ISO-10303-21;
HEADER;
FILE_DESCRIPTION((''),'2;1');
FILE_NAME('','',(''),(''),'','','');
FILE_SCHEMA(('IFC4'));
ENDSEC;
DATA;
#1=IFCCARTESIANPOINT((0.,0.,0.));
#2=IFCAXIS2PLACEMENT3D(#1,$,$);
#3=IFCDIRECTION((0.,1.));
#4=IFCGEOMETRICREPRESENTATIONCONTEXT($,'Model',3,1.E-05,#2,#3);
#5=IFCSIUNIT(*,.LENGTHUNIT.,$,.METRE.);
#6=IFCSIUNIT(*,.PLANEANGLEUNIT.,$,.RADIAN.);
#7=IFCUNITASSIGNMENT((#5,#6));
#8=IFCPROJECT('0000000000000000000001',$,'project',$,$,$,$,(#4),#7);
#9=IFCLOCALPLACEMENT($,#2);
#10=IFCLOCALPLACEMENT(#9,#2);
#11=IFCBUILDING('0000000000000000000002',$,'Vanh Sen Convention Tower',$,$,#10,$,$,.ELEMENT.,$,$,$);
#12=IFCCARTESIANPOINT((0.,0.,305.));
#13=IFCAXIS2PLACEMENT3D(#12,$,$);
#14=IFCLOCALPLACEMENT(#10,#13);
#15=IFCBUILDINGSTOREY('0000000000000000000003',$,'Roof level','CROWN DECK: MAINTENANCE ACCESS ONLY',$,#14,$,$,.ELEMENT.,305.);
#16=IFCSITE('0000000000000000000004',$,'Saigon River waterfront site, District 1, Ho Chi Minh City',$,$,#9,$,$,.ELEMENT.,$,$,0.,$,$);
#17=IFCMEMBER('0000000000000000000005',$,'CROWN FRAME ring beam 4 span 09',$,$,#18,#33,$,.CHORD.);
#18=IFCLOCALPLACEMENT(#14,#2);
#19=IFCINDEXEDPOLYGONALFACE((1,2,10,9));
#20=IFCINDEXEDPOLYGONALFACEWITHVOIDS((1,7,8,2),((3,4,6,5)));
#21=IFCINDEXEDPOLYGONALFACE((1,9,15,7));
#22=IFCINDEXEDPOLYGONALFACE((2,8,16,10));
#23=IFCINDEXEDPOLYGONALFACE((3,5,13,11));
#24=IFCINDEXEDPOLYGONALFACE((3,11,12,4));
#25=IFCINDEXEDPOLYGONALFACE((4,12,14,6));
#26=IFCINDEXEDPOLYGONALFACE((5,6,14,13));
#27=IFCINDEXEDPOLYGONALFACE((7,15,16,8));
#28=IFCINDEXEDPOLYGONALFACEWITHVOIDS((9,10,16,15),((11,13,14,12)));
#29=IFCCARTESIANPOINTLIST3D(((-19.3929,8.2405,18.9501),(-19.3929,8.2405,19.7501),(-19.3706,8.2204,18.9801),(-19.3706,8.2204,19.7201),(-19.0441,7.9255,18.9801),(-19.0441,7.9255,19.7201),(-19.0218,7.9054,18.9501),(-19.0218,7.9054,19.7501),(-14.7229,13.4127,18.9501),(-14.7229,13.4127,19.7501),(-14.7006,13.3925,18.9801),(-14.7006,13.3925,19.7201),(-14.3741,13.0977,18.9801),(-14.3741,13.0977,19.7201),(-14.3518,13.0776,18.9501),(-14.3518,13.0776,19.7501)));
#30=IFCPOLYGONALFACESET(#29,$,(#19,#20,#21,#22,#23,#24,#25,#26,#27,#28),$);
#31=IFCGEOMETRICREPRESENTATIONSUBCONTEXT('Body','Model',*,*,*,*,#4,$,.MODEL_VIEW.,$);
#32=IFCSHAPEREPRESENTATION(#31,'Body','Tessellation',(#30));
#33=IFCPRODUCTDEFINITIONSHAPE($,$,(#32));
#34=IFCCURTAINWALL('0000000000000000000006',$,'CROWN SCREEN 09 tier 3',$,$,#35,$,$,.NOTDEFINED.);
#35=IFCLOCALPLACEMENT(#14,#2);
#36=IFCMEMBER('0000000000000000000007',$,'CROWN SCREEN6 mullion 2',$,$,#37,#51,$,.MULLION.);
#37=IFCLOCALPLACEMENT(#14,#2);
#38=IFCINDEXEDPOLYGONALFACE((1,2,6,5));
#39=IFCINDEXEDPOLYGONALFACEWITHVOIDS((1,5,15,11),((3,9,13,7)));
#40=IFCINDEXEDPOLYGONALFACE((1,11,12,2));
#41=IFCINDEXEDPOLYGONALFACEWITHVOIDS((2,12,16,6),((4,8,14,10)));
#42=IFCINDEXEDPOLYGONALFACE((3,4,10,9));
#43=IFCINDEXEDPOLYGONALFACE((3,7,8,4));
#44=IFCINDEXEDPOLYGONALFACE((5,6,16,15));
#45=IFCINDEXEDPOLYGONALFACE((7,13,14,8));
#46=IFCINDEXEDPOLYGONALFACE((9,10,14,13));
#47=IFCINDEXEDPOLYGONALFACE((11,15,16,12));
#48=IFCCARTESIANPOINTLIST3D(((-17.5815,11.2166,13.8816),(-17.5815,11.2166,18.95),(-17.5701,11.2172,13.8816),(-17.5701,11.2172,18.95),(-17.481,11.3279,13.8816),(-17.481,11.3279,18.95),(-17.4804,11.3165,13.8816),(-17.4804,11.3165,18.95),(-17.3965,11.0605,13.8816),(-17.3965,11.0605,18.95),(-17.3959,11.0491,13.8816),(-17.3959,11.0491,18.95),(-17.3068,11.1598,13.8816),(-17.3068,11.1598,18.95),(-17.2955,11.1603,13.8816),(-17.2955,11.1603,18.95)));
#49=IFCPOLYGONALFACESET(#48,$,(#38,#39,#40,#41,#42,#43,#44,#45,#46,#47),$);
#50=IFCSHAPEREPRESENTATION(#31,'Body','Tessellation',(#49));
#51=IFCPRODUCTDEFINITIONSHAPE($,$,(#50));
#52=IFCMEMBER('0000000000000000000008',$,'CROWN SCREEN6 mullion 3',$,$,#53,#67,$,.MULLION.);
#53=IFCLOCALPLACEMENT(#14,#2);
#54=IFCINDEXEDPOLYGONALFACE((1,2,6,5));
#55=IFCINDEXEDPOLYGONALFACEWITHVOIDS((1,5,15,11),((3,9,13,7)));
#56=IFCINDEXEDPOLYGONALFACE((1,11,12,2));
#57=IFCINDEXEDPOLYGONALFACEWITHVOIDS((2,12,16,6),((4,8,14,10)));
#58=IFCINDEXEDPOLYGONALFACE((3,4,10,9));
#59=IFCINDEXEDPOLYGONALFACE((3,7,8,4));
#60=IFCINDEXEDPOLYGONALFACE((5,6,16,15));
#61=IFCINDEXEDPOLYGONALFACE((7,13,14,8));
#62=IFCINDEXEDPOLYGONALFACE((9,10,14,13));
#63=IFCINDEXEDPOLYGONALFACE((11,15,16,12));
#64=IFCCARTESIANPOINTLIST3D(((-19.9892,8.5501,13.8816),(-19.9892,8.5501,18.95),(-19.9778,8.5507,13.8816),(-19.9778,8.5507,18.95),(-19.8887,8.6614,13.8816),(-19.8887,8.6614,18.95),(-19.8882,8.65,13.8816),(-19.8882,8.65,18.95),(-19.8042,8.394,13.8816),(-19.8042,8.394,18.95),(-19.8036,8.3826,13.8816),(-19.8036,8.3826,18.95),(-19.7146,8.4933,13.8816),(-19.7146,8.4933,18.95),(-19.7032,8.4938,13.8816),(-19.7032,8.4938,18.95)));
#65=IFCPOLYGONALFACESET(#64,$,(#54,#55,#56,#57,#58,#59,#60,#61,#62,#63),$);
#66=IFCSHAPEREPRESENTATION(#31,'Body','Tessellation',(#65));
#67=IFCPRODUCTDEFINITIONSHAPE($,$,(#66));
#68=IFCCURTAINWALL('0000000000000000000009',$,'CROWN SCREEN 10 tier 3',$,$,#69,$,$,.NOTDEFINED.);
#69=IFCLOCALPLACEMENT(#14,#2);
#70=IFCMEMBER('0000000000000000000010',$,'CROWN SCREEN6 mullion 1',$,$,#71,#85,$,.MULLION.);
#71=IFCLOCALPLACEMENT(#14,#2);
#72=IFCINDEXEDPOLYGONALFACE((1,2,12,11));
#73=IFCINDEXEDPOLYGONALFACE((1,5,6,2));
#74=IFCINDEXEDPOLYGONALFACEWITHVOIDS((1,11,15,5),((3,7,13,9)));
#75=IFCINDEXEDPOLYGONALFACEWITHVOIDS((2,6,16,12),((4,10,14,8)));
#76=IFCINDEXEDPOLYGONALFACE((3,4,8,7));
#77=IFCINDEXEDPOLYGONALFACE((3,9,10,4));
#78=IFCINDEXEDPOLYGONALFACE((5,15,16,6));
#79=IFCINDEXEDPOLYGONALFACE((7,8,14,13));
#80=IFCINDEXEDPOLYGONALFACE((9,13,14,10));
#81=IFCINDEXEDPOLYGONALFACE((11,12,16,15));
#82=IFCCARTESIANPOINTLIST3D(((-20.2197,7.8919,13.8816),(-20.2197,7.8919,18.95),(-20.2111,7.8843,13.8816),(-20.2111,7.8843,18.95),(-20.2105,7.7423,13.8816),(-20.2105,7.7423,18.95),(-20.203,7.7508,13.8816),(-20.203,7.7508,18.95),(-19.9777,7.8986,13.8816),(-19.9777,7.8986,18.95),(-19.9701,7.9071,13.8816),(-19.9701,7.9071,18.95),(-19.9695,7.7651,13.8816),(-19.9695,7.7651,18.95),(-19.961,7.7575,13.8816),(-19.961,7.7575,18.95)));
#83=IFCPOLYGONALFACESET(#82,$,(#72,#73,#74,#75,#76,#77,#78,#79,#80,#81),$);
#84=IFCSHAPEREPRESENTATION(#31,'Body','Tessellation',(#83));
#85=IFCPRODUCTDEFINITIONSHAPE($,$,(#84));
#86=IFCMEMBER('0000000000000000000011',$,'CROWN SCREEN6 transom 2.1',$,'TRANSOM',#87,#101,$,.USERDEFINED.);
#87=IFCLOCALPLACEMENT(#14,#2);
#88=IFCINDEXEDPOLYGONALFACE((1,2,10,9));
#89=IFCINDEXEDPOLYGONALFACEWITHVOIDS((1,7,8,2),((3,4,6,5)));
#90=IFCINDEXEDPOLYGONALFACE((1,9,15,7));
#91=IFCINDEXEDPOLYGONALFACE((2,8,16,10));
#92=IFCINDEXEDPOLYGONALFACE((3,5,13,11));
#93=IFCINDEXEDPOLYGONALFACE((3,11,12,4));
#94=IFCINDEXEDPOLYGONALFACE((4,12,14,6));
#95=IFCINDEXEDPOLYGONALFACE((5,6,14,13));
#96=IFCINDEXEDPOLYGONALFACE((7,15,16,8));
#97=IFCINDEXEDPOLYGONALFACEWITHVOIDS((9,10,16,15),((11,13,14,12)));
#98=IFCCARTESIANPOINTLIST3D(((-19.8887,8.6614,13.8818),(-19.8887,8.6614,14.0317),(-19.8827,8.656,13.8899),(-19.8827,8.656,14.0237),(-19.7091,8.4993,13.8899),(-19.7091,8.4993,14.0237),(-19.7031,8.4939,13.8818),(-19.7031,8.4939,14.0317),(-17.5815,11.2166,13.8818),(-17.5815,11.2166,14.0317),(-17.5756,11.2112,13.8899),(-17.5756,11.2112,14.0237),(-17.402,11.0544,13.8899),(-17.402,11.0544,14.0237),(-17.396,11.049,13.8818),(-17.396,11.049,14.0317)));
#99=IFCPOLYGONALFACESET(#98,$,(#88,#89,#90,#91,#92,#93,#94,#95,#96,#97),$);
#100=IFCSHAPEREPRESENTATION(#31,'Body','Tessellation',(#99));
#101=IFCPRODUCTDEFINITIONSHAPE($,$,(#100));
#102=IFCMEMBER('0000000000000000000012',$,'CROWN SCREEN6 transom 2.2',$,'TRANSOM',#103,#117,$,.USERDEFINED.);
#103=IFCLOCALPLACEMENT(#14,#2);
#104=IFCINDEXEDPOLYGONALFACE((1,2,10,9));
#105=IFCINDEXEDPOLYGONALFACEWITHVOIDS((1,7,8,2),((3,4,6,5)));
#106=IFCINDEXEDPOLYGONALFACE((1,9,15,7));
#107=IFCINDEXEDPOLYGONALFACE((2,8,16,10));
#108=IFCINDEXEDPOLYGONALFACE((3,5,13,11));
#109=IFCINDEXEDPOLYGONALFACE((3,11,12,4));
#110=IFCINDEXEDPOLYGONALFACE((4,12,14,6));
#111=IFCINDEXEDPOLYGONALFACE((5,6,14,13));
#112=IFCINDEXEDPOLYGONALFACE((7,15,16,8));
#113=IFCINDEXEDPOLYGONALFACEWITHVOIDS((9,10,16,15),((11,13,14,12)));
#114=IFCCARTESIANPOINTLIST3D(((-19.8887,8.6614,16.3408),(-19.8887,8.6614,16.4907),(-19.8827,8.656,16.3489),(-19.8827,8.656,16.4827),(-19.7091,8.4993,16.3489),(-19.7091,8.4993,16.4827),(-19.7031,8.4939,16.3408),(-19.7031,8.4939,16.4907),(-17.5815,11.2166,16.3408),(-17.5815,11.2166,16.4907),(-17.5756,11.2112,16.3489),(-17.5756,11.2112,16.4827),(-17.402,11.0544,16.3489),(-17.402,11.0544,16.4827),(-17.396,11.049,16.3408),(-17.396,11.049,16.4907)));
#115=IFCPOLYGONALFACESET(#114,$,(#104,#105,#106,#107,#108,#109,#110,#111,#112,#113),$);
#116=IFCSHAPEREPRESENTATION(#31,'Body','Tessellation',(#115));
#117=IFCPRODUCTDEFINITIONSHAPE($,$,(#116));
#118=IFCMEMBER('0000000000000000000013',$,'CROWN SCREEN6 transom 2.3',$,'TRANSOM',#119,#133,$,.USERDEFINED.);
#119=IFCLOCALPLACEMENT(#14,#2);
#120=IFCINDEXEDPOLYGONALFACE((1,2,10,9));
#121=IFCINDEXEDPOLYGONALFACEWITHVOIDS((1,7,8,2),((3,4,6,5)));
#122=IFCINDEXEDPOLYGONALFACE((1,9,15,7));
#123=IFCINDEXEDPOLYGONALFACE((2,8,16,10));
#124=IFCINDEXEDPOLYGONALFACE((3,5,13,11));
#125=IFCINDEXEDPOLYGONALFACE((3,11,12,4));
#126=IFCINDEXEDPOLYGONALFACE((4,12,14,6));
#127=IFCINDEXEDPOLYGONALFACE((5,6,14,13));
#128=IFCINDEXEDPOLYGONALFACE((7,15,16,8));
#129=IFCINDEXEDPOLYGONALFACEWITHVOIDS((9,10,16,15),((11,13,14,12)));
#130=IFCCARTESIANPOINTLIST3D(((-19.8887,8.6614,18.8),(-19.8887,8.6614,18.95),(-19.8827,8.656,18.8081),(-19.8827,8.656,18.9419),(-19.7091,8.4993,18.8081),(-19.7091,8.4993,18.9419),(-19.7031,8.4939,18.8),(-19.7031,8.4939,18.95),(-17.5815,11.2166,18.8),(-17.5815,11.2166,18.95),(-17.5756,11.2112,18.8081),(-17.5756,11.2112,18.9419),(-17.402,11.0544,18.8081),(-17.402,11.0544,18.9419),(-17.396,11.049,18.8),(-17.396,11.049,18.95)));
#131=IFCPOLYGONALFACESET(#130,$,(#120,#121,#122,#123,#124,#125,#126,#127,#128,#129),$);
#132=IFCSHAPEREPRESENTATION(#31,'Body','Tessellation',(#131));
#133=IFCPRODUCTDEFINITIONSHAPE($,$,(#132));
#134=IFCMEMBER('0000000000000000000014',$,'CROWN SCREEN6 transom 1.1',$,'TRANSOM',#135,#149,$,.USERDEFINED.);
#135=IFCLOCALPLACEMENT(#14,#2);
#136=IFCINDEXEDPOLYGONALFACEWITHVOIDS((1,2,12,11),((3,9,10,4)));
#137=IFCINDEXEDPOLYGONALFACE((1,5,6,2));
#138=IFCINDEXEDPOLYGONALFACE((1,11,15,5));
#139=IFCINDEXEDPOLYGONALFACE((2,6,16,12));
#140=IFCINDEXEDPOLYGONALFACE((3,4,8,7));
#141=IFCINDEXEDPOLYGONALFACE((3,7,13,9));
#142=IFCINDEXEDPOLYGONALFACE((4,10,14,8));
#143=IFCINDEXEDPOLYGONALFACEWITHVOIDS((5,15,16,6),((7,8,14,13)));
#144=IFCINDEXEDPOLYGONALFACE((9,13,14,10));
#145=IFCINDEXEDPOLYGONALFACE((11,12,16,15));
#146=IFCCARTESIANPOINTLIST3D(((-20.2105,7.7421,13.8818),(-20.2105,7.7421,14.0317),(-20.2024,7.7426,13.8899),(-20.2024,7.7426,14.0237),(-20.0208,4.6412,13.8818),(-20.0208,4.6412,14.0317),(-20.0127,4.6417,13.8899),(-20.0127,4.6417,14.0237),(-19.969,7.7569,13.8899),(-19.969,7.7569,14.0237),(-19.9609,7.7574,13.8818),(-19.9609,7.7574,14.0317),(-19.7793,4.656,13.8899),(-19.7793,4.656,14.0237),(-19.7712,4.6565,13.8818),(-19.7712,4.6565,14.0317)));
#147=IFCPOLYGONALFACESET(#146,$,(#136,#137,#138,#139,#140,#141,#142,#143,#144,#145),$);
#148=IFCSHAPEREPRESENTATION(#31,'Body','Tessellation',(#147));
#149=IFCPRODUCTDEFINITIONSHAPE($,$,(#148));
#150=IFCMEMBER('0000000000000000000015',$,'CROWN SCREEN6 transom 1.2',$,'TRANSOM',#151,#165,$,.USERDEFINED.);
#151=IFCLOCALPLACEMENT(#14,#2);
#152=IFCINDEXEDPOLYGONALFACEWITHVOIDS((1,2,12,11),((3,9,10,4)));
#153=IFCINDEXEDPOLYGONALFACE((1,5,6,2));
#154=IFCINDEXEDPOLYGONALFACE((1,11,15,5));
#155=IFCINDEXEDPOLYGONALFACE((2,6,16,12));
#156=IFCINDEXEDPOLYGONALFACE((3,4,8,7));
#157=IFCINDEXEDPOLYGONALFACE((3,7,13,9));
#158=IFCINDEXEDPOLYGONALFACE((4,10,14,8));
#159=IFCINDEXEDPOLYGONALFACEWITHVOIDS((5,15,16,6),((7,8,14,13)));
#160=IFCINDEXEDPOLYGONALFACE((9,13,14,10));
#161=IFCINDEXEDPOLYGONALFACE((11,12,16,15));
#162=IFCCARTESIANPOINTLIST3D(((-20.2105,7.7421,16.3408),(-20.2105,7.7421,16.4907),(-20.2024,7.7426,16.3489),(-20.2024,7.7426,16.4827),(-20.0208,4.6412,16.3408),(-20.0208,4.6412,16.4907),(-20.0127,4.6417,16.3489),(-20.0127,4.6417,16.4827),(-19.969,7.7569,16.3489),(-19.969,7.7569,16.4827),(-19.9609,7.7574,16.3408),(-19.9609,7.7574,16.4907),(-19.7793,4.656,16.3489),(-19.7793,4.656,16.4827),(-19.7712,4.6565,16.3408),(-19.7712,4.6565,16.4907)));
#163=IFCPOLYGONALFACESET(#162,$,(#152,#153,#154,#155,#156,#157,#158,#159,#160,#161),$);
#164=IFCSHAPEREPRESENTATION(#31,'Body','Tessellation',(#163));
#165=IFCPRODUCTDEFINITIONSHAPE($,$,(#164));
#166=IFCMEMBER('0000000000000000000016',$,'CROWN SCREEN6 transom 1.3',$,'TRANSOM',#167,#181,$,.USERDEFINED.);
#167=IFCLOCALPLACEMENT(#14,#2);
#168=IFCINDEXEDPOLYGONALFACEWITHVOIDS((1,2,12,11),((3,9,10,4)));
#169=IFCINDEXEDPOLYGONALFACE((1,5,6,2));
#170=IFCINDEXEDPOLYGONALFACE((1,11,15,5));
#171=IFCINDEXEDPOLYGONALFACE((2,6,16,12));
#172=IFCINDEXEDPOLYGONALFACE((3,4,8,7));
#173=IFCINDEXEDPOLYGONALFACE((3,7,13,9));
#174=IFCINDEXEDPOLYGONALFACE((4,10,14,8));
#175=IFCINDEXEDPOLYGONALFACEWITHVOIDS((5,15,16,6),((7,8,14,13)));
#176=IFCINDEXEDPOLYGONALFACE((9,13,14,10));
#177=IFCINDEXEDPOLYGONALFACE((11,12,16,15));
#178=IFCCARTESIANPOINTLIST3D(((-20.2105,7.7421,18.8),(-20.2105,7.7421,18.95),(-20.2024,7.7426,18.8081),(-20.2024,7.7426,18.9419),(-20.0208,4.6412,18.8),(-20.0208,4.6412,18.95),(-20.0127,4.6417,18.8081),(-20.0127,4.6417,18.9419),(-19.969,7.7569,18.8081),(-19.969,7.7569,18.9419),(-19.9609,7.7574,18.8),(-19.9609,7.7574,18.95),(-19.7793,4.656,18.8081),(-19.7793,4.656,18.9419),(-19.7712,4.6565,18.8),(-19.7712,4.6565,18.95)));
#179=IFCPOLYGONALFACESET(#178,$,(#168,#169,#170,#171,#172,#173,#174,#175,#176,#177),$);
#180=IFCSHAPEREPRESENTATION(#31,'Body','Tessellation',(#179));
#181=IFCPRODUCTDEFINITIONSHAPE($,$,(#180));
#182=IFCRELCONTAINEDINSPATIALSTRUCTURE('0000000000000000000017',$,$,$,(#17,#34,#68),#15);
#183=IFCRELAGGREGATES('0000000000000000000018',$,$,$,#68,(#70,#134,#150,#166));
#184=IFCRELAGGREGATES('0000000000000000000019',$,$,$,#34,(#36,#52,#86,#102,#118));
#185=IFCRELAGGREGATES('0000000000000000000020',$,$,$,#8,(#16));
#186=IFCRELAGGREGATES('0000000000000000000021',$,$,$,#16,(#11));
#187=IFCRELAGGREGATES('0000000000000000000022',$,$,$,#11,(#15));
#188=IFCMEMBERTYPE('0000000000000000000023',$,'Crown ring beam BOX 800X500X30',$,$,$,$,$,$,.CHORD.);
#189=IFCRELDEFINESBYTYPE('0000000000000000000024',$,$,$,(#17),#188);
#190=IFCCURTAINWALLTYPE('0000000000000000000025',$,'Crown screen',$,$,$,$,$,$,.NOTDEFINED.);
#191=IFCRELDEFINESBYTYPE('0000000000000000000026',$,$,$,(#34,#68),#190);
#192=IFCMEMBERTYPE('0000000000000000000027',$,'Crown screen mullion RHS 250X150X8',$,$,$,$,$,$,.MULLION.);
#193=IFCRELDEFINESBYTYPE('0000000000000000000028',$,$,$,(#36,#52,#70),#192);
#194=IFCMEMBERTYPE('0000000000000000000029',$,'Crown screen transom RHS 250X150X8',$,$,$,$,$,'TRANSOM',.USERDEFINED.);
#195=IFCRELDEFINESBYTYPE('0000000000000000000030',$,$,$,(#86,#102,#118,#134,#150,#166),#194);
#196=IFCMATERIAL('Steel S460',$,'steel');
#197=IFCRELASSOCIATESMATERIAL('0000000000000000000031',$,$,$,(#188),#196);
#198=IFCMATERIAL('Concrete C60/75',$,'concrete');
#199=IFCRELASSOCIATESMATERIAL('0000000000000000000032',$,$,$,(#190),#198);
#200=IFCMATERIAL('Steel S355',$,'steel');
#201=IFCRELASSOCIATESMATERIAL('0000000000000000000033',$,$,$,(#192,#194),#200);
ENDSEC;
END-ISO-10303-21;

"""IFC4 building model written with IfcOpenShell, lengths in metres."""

from ifc_helpers import new_model, si_unit, direction, frame, origin, origin_2d, place, context, subcontext, project, spatial, hollow_rectangle, extrude, material, material_profile, profile_set, type_object, element, aggregate, save


model = new_model("IFC4")

# Units and contexts
model_context = context("Model", 3, precision=1e-05, world=origin(), true_north=direction((0.0, 1.0)))
body_context = subcontext(model_context, "Body", "Model", "MODEL_VIEW")
ifc_project = project(units=[si_unit("LENGTHUNIT", "METRE"), si_unit("PLANEANGLEUNIT", "RADIAN")], contexts=[model_context])

# Site, building, storey
site_placement = place(None, origin())
site = spatial("IfcSite", under=ifc_project, at=site_placement, Name="Saigon River waterfront site, District 1, Ho Chi Minh City", CompositionType="ELEMENT", RefElevation=0.0)
building_placement = place(site_placement, origin())
building = spatial("IfcBuilding", under=site, at=building_placement, Name="Vanh Sen Convention Tower", CompositionType="ELEMENT")
storey_placement = place(building_placement, frame((0.0, 0.0, 305.0)))
storey = spatial("IfcBuildingStorey", under=building, at=storey_placement, Name="Roof level", Description="CROWN DECK: MAINTENANCE ACCESS ONLY", CompositionType="ELEMENT", Elevation=305.0)

# Member
ifc_material_1 = material(Name="Steel S460", Category="steel")
ifc_material_profile_1 = material_profile(ifc_material_1, hollow_rectangle(XDim=0.5, YDim=0.8, WallThickness=0.03, at=origin_2d()), Name="BOX 800X500X30")
ifc_profile_set_1 = profile_set([ifc_material_profile_1], Name="Steel S460")
member_type_1 = type_object("IfcMemberType", Name="Crown ring beam BOX 800X500X30", PredefinedType="CHORD", material=ifc_profile_set_1)
member_1_placement = place(storey_placement, frame((-14.5374, 13.2451, 19.3501), z_axis=(-0.670154, -0.742222, 0.0), x_axis=(0.742222, -0.670154, 0.0)))
element("IfcMember", 1, at=member_1_placement, inside=storey, type_object=member_type_1, Name="CROWN FRAME ring beam 4 span 09", PredefinedType="CHORD", context=body_context, shape_type="SweptSolid", body=[
    extrude(hollow_rectangle(XDim=0.5, YDim=0.8, WallThickness=0.03, at=origin_2d()), origin(), (0.0, 0.0, 1.0), 6.9685),
])

# Curtain wall, members
ifc_material_2 = material(Name="Concrete C60/75", Category="concrete")
curtain_wall_type = type_object("IfcCurtainWallType", Name="Crown screen", PredefinedType="NOTDEFINED", material=ifc_material_2)
curtain_wall_1_placement = place(storey_placement, origin())
curtain_wall_1 = element("IfcCurtainWall", 2, at=curtain_wall_1_placement, inside=storey, type_object=curtain_wall_type, Name="CROWN SCREEN 09 tier 3", PredefinedType="NOTDEFINED")
ifc_material_3 = material(Name="Steel S355", Category="steel")
ifc_material_profile_2 = material_profile(ifc_material_3, hollow_rectangle(XDim=0.25, YDim=0.1499, WallThickness=0.0081, at=origin_2d()), Name="RHS 250X150X8")
ifc_profile_set_2 = profile_set([ifc_material_profile_2], Name="Steel S355")
member_type_2 = type_object("IfcMemberType", Name="Crown screen mullion RHS 250X150X8", PredefinedType="MULLION", material=ifc_profile_set_2)
member_2_placement = place(storey_placement, frame((-17.4385, 11.1885, 13.8816), z_axis=(0.0, 0.0, 1.0), x_axis=(0.742232, -0.670143, 0.0)))
member_2 = element("IfcMember", 3, at=member_2_placement, type_object=member_type_2, Name="CROWN SCREEN6 mullion 2", PredefinedType="MULLION", context=body_context, shape_type="SweptSolid", body=[
    extrude(hollow_rectangle(XDim=0.25, YDim=0.1499, WallThickness=0.0081, at=origin_2d()), origin(), (0.0, 0.0, 1.0), 5.0684),
])
member_3_placement = place(storey_placement, frame((-19.8462, 8.522, 13.8816), z_axis=(0.0, 0.0, 1.0), x_axis=(0.742232, -0.670143, 0.0)))
member_3 = element("IfcMember", 4, at=member_3_placement, type_object=member_type_2, Name="CROWN SCREEN6 mullion 3", PredefinedType="MULLION", context=body_context, shape_type="SweptSolid", body=[
    extrude(hollow_rectangle(XDim=0.25, YDim=0.1499, WallThickness=0.0081, at=origin_2d()), origin(), (0.0, 0.0, 1.0), 5.0684),
])

# Curtain wall, member
curtain_wall_2_placement = place(storey_placement, origin())
curtain_wall_2 = element("IfcCurtainWall", 5, at=curtain_wall_2_placement, inside=storey, type_object=curtain_wall_type, Name="CROWN SCREEN 10 tier 3", PredefinedType="NOTDEFINED")
member_4_placement = place(storey_placement, frame((-20.0903, 7.8247, 13.8816), z_axis=(0.0, 0.0, 1.0), x_axis=(0.998135, 0.061051, 0.0)))
member_4 = element("IfcMember", 6, at=member_4_placement, type_object=member_type_2, Name="CROWN SCREEN6 mullion 1", PredefinedType="MULLION", context=body_context, shape_type="SweptSolid", body=[
    extrude(hollow_rectangle(XDim=0.25, YDim=0.1499, WallThickness=0.0081, at=origin_2d()), origin(), (0.0, 0.0, 1.0), 5.0684),
])

# Members
ifc_material_profile_3 = material_profile(ifc_material_3, hollow_rectangle(XDim=0.25, YDim=0.1499, WallThickness=0.0081, at=origin_2d()), Name="RHS 250X150X8")
ifc_profile_set_3 = profile_set([ifc_material_profile_3], Name="Steel S355")
member_type_3 = type_object("IfcMemberType", Name="Crown screen transom RHS 250X150X8", ElementType="TRANSOM", PredefinedType="USERDEFINED", material=ifc_profile_set_3)
member_5_placement = place(storey_placement, frame((-17.4888, 11.1328, 13.9568), z_axis=(-0.670163, -0.742214, 0.0), x_axis=(0.742214, -0.670163, 0.0)))
member_5 = element("IfcMember", 7, at=member_5_placement, type_object=member_type_3, Name="CROWN SCREEN6 transom 2.1", ObjectType="TRANSOM", PredefinedType="USERDEFINED", context=body_context, shape_type="SweptSolid", body=[
    extrude(hollow_rectangle(XDim=0.25, YDim=0.1499, WallThickness=0.0081, at=origin_2d()), origin(), (0.0, 0.0, 1.0), 3.4426),
])
member_6_placement = place(storey_placement, frame((-17.4888, 11.1328, 16.4158), z_axis=(-0.670163, -0.742214, 0.0), x_axis=(0.742214, -0.670163, 0.0)))
member_6 = element("IfcMember", 8, at=member_6_placement, type_object=member_type_3, Name="CROWN SCREEN6 transom 2.2", ObjectType="TRANSOM", PredefinedType="USERDEFINED", context=body_context, shape_type="SweptSolid", body=[
    extrude(hollow_rectangle(XDim=0.25, YDim=0.1499, WallThickness=0.0081, at=origin_2d()), origin(), (0.0, 0.0, 1.0), 3.4426),
])
member_7_placement = place(storey_placement, frame((-17.4888, 11.1328, 18.875), z_axis=(-0.670163, -0.742214, 0.0), x_axis=(0.742214, -0.670163, 0.0)))
member_7 = element("IfcMember", 9, at=member_7_placement, type_object=member_type_3, Name="CROWN SCREEN6 transom 2.3", ObjectType="TRANSOM", PredefinedType="USERDEFINED", context=body_context, shape_type="SweptSolid", body=[
    extrude(hollow_rectangle(XDim=0.25, YDim=0.1499, WallThickness=0.0081, at=origin_2d()), origin(), (0.0, 0.0, 1.0), 3.4426),
])
member_8_placement = place(storey_placement, frame((-20.0857, 7.7498, 13.9568), z_axis=(0.061062, -0.998134, 0.0), x_axis=(0.998134, 0.061062, 0.0)))
member_8 = element("IfcMember", 10, at=member_8_placement, type_object=member_type_3, Name="CROWN SCREEN6 transom 1.1", ObjectType="TRANSOM", PredefinedType="USERDEFINED", context=body_context, shape_type="SweptSolid", body=[
    extrude(hollow_rectangle(XDim=0.25, YDim=0.1499, WallThickness=0.0081, at=origin_2d()), origin(), (0.0, 0.0, 1.0), 3.1067),
])
member_9_placement = place(storey_placement, frame((-20.0857, 7.7498, 16.4158), z_axis=(0.061062, -0.998134, 0.0), x_axis=(0.998134, 0.061062, 0.0)))
member_9 = element("IfcMember", 11, at=member_9_placement, type_object=member_type_3, Name="CROWN SCREEN6 transom 1.2", ObjectType="TRANSOM", PredefinedType="USERDEFINED", context=body_context, shape_type="SweptSolid", body=[
    extrude(hollow_rectangle(XDim=0.25, YDim=0.1499, WallThickness=0.0081, at=origin_2d()), origin(), (0.0, 0.0, 1.0), 3.1067),
])
member_10_placement = place(storey_placement, frame((-20.0857, 7.7498, 18.875), z_axis=(0.061062, -0.998134, 0.0), x_axis=(0.998134, 0.061062, 0.0)))
member_10 = element("IfcMember", 12, at=member_10_placement, type_object=member_type_3, Name="CROWN SCREEN6 transom 1.3", ObjectType="TRANSOM", PredefinedType="USERDEFINED", context=body_context, shape_type="SweptSolid", body=[
    extrude(hollow_rectangle(XDim=0.25, YDim=0.1499, WallThickness=0.0081, at=origin_2d()), origin(), (0.0, 0.0, 1.0), 3.1067),
])
aggregate(curtain_wall_2, [member_4, member_8, member_9, member_10])

aggregate(curtain_wall_1, [member_2, member_3, member_5, member_6, member_7])

save(model, "model.ifc")
